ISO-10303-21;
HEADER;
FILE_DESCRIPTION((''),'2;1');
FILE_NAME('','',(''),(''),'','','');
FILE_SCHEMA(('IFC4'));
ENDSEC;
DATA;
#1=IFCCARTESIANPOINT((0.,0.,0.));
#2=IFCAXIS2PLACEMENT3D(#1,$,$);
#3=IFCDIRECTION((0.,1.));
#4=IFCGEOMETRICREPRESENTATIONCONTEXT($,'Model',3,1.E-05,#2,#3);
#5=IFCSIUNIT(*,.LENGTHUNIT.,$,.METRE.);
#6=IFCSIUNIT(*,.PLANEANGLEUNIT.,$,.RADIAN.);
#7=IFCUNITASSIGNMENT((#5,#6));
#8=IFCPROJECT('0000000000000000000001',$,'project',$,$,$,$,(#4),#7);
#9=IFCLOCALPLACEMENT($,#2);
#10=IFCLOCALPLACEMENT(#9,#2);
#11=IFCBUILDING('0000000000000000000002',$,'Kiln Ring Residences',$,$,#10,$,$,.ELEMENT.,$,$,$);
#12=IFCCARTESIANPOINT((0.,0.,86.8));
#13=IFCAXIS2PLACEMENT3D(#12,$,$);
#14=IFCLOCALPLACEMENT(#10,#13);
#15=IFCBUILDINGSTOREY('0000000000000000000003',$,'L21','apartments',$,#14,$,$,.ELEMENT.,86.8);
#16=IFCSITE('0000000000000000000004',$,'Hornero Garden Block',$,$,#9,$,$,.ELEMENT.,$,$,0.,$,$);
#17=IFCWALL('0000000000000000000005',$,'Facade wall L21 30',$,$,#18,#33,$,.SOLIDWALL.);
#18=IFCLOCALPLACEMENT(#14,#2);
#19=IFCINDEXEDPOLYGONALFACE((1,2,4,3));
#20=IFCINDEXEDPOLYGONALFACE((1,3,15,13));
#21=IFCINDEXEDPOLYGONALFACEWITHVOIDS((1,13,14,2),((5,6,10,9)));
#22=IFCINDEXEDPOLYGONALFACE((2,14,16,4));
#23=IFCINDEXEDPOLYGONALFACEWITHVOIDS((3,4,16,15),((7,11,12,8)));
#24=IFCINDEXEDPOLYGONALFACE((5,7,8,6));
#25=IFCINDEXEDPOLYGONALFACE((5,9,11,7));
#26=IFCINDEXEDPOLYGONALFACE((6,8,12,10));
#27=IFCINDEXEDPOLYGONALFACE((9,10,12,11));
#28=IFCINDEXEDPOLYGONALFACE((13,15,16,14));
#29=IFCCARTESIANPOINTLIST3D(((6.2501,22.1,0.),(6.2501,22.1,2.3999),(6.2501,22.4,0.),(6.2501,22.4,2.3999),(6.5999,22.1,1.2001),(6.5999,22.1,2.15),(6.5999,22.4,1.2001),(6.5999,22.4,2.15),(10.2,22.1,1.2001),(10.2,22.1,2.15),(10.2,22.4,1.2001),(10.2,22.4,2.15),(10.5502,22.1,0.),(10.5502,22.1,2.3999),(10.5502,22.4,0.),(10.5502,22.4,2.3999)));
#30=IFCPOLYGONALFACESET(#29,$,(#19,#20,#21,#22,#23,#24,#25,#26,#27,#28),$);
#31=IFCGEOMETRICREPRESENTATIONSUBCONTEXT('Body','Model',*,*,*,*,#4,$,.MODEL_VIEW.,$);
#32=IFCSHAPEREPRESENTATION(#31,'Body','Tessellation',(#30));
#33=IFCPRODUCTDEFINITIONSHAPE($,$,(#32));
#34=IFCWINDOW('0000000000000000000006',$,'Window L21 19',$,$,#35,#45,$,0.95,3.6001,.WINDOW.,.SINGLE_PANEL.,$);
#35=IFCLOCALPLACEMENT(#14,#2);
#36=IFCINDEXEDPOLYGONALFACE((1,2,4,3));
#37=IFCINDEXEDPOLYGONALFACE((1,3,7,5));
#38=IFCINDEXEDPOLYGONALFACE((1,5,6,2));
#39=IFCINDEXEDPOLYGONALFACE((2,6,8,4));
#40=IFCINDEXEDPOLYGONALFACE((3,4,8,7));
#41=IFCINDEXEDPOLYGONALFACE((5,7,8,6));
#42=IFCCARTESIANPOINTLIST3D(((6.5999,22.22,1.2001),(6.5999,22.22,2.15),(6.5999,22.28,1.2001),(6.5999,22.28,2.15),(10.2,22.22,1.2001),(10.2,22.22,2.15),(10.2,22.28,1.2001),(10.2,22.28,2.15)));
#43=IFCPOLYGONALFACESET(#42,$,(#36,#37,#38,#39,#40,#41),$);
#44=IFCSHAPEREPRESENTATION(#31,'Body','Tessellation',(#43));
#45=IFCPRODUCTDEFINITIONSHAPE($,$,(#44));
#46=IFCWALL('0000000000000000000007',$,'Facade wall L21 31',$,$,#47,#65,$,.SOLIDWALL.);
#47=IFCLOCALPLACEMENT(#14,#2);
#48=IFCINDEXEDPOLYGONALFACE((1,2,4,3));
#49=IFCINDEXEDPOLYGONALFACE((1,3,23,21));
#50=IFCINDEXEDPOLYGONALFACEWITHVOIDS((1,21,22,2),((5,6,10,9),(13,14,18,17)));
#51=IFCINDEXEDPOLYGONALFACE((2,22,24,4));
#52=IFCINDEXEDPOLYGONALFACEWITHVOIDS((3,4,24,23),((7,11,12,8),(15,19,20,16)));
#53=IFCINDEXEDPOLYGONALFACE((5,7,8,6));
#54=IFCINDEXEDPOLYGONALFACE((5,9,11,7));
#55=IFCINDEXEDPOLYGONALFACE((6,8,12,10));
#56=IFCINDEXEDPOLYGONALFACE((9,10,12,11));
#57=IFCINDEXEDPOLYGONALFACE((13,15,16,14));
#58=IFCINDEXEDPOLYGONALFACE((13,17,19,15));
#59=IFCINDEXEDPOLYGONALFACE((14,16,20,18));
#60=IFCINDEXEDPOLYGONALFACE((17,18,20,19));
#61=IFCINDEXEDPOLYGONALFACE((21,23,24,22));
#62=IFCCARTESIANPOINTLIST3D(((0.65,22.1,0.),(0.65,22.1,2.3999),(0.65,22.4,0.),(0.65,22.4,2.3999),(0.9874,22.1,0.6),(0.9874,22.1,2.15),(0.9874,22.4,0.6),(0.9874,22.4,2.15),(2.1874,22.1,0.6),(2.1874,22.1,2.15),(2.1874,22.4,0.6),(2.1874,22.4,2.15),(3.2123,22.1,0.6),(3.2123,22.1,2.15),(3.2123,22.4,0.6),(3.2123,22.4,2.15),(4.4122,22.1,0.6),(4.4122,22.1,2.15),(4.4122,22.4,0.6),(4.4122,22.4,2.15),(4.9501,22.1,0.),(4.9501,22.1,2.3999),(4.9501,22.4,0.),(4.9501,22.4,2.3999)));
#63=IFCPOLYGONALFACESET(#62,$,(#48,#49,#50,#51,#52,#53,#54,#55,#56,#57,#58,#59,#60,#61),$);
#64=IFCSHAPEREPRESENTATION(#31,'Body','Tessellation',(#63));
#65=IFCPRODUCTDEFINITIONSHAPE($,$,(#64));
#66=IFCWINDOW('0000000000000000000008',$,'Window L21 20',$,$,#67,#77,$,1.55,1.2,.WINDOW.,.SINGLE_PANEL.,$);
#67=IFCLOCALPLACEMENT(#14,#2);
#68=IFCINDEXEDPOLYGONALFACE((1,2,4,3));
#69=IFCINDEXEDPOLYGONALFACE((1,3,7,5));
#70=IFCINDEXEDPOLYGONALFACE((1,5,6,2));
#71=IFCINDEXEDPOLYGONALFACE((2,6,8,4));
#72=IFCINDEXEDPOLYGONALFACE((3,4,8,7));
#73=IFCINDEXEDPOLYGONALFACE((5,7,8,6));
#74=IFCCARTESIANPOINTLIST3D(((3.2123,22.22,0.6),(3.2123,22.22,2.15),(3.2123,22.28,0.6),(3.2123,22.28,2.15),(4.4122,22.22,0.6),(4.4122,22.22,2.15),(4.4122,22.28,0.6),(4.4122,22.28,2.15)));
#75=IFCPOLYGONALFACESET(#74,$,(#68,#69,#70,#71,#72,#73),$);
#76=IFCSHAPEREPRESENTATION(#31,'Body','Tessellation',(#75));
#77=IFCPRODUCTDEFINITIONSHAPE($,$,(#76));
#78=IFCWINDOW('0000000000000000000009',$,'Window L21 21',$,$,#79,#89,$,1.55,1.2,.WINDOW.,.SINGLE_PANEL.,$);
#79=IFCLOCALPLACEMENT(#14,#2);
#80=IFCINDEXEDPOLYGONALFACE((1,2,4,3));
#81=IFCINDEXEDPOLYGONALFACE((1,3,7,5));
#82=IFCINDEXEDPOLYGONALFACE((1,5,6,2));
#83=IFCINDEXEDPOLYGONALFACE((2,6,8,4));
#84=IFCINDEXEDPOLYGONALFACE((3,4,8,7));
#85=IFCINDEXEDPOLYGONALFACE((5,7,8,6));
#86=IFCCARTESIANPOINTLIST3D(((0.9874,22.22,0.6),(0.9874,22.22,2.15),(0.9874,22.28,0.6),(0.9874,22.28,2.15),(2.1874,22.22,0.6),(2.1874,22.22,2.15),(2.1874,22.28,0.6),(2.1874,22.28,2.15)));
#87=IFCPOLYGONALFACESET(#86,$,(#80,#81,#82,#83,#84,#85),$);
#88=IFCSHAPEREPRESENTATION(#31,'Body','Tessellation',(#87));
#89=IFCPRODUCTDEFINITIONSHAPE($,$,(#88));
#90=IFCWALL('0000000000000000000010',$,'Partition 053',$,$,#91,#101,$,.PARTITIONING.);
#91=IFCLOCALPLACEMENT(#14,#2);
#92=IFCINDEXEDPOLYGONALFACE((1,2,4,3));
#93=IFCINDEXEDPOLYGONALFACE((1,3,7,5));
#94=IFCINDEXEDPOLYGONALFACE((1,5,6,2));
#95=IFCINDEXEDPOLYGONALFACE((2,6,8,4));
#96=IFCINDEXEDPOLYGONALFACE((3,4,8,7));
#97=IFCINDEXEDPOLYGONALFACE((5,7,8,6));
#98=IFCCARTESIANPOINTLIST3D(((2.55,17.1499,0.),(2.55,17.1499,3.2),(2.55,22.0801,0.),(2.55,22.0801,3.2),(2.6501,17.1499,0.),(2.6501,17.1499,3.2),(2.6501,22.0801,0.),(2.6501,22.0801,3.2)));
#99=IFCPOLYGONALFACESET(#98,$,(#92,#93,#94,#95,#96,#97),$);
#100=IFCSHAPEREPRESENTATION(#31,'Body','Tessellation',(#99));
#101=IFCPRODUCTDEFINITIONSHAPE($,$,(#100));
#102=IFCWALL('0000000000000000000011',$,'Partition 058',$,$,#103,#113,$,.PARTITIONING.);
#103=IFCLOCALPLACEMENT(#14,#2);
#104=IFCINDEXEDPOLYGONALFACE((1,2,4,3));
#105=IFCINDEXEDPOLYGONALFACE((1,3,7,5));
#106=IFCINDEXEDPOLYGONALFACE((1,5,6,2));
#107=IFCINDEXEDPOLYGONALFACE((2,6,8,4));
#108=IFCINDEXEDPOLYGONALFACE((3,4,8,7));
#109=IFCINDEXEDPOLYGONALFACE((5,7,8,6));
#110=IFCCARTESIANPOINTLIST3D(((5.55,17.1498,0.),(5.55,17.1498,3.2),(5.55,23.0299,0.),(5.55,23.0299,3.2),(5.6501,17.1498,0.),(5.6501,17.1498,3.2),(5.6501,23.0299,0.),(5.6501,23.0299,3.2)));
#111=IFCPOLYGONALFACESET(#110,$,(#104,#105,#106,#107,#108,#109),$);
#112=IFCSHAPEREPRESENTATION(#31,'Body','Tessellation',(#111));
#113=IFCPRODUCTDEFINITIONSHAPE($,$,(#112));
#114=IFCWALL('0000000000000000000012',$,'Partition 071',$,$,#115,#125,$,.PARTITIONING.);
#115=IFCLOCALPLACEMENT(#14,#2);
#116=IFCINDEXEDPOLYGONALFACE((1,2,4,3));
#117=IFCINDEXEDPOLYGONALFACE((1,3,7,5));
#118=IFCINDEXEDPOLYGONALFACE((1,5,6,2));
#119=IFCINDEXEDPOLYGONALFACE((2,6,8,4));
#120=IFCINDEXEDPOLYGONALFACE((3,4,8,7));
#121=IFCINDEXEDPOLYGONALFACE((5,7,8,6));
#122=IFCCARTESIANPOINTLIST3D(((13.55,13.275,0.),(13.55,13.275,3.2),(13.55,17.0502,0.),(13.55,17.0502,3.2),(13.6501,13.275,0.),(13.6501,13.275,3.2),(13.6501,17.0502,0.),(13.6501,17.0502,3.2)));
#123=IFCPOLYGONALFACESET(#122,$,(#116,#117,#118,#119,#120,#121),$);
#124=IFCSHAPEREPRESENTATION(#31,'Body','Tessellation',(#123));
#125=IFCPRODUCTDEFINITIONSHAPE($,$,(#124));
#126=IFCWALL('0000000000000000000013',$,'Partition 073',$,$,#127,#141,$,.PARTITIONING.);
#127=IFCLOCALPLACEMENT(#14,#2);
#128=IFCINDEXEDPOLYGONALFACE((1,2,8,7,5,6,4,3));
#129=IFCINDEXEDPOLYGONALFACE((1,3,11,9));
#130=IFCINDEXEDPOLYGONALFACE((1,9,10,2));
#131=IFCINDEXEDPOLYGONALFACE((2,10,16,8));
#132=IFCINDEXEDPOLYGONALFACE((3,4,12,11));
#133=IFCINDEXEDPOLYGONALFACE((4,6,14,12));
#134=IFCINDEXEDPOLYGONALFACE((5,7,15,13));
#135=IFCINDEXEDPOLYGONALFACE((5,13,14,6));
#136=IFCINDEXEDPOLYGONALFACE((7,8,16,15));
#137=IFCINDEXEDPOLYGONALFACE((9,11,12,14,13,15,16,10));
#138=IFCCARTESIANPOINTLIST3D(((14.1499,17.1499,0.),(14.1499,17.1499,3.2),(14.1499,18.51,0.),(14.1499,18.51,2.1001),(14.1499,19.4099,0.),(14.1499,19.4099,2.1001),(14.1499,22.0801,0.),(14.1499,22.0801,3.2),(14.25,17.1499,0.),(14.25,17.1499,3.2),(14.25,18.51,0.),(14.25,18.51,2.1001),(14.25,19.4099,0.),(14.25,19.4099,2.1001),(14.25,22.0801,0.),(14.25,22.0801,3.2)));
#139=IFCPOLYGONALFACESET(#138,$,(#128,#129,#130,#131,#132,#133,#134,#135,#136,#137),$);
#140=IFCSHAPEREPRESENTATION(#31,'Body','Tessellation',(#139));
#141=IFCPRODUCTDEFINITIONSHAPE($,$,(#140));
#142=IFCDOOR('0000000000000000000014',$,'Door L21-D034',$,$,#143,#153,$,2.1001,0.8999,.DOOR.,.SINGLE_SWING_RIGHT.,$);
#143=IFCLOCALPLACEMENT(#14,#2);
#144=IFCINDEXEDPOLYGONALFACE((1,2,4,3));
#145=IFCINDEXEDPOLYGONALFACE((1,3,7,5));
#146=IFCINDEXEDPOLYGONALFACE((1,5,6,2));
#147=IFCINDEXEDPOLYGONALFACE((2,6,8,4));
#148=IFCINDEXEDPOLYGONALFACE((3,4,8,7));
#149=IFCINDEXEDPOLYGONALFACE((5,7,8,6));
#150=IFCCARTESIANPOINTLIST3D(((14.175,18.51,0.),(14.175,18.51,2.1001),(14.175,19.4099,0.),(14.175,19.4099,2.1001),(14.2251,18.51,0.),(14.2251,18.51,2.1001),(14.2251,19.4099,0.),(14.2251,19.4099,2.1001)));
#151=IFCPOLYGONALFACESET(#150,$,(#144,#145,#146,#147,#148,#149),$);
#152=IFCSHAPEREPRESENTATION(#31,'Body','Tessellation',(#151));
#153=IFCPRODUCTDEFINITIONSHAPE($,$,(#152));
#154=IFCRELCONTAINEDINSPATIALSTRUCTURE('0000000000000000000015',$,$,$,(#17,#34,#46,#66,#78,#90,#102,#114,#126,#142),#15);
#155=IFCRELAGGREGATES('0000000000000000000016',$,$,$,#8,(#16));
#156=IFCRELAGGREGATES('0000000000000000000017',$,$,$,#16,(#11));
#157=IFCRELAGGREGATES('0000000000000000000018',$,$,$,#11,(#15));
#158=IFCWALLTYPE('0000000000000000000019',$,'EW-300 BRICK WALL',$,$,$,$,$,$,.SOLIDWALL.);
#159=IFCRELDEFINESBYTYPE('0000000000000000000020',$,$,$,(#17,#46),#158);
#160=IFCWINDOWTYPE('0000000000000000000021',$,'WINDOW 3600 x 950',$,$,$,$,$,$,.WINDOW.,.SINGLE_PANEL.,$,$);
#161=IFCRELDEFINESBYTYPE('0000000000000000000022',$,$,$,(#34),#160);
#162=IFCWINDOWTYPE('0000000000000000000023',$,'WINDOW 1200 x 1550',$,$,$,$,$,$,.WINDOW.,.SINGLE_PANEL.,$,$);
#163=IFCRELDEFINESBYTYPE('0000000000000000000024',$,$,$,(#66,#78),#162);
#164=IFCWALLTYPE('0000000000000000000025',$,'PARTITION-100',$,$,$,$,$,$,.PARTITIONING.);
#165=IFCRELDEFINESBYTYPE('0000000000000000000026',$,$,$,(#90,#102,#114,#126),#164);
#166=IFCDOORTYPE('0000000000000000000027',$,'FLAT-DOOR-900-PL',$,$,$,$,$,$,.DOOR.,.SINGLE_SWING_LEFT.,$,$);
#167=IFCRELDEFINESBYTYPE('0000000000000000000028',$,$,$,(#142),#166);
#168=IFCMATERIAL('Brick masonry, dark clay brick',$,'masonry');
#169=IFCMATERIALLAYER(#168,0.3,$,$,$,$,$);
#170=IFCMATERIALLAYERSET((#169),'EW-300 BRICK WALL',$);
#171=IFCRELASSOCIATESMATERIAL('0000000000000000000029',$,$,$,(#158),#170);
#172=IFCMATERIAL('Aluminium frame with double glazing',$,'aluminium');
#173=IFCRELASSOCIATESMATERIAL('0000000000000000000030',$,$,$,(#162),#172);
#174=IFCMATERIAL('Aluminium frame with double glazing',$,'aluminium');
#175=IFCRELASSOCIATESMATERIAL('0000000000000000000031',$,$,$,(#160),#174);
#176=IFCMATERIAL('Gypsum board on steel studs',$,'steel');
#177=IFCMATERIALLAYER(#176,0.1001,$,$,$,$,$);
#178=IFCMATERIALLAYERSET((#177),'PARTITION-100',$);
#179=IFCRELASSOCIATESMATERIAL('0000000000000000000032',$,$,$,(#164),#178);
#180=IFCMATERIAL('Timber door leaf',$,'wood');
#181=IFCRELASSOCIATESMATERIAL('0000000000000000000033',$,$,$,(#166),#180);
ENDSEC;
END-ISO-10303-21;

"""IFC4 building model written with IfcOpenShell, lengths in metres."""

from ifc_helpers import new_model, si_unit, direction, frame, frame_2d, origin, place, context, subcontext, project, spatial, rectangle, extrude, material, layer, layer_set, type_object, element, fill, save


model = new_model("IFC4")

# Units and contexts
model_context = context("Model", 3, precision=1e-05, world=origin(), true_north=direction((0.0, 1.0)))
body_context = subcontext(model_context, "Body", "Model", "MODEL_VIEW")
ifc_project = project(units=[si_unit("LENGTHUNIT", "METRE"), si_unit("PLANEANGLEUNIT", "RADIAN")], contexts=[model_context])

# Site, building, storey
site_placement = place(None, origin())
site = spatial("IfcSite", under=ifc_project, at=site_placement, Name="Hornero Garden Block", CompositionType="ELEMENT", RefElevation=0.0)
building_placement = place(site_placement, origin())
building = spatial("IfcBuilding", under=site, at=building_placement, Name="Kiln Ring Residences", CompositionType="ELEMENT")
storey_placement = place(building_placement, frame((0.0, 0.0, 86.8)))
storey = spatial("IfcBuildingStorey", under=building, at=storey_placement, Name="L21", Description="apartments", CompositionType="ELEMENT", Elevation=86.8)

# Shared definitions
ifc_material_1 = material(Name="Brick masonry, dark clay brick", Category="masonry")
ifc_layer_1 = layer(ifc_material_1, 0.3)
ifc_layer_set_1 = layer_set([ifc_layer_1], Name="EW-300 BRICK WALL")
wall_type_1 = type_object("IfcWallType", Name="EW-300 BRICK WALL", PredefinedType="SOLIDWALL", material=ifc_layer_set_1)
ifc_material_2 = material(Name="Aluminium frame with double glazing", Category="aluminium")
window_type_1 = type_object("IfcWindowType", Name="WINDOW 1200 x 1550", PartitioningType="SINGLE_PANEL", PredefinedType="WINDOW", material=ifc_material_2)

# Wall, opening, window
wall_1_placement = place(storey_placement, frame((10.55, 22.25, 0.0), z_axis=(0.0, 0.0, 1.0), x_axis=(-1.0, 0.0, 0.0)))
wall_1 = element("IfcWall", 1, at=wall_1_placement, inside=storey, type_object=wall_type_1, Name="Facade wall L21 30", PredefinedType="SOLIDWALL", context=body_context, shape_type="SweptSolid", body=[
    extrude(rectangle(XDim=4.3, YDim=0.3, at=frame_2d((2.1499, 0.0))), origin(), (0.0, 0.0, 1.0), 2.3999),
])
opening_1_placement = place(wall_1_placement, frame((0.3501, 0.0, 1.2)))
opening_1 = element("IfcOpeningElement", 2, at=opening_1_placement, cuts=wall_1, PredefinedType="OPENING", context=body_context, shape_type="SweptSolid", body=[
    extrude(rectangle(XDim=3.6001, YDim=0.95, at=frame_2d((1.8, 0.4751))), frame((0.0, 0.1599, 0.0), z_axis=(0.0, -1.0, 0.0), x_axis=(1.0, 0.0, 0.0)), (0.0, 0.0, 1.0), 0.3201),
])
ifc_material_3 = material(Name="Aluminium frame with double glazing", Category="aluminium")
window_type_2 = type_object("IfcWindowType", Name="WINDOW 3600 x 950", PartitioningType="SINGLE_PANEL", PredefinedType="WINDOW", material=ifc_material_3)
window_1_placement = place(opening_1_placement, origin())
window_1 = element("IfcWindow", 3, at=window_1_placement, inside=storey, type_object=window_type_2, Name="Window L21 19", OverallHeight=0.95, OverallWidth=3.6001, PartitioningType="SINGLE_PANEL", PredefinedType="WINDOW", context=body_context, shape_type="SweptSolid", body=[
    extrude(rectangle(XDim=3.6001, YDim=0.95, at=frame_2d((1.8, 0.4751))), frame((0.0, 0.03, 0.0), z_axis=(0.0, -1.0, 0.0), x_axis=(1.0, 0.0, 0.0)), (0.0, 0.0, 1.0), 0.0601),
])
fill(opening_1, window_1)

# Wall, openings, windows
wall_2_placement = place(storey_placement, frame((4.95, 22.25, 0.0), z_axis=(0.0, 0.0, 1.0), x_axis=(-1.0, 0.0, 0.0)))
wall_2 = element("IfcWall", 4, at=wall_2_placement, inside=storey, type_object=wall_type_1, Name="Facade wall L21 31", PredefinedType="SOLIDWALL", context=body_context, shape_type="SweptSolid", body=[
    extrude(rectangle(XDim=4.3, YDim=0.3, at=frame_2d((2.1499, 0.0))), origin(), (0.0, 0.0, 1.0), 2.3999),
])
opening_2_placement = place(wall_2_placement, frame((0.5376, 0.0, 0.6001)))
opening_2 = element("IfcOpeningElement", 5, at=opening_2_placement, cuts=wall_2, PredefinedType="OPENING", context=body_context, shape_type="SweptSolid", body=[
    extrude(rectangle(XDim=1.2, YDim=1.55, at=frame_2d((0.6001, 0.7749))), frame((0.0, 0.1599, 0.0), z_axis=(0.0, -1.0, 0.0), x_axis=(1.0, 0.0, 0.0)), (0.0, 0.0, 1.0), 0.3201),
])
opening_3_placement = place(wall_2_placement, frame((2.7625, 0.0, 0.6001)))
opening_3 = element("IfcOpeningElement", 6, at=opening_3_placement, cuts=wall_2, PredefinedType="OPENING", context=body_context, shape_type="SweptSolid", body=[
    extrude(rectangle(XDim=1.2, YDim=1.55, at=frame_2d((0.6001, 0.7749))), frame((0.0, 0.1599, 0.0), z_axis=(0.0, -1.0, 0.0), x_axis=(1.0, 0.0, 0.0)), (0.0, 0.0, 1.0), 0.3201),
])
window_2_placement = place(opening_2_placement, origin())
window_2 = element("IfcWindow", 7, at=window_2_placement, inside=storey, type_object=window_type_1, Name="Window L21 20", OverallHeight=1.55, OverallWidth=1.2, PartitioningType="SINGLE_PANEL", PredefinedType="WINDOW", context=body_context, shape_type="SweptSolid", body=[
    extrude(rectangle(XDim=1.2, YDim=1.55, at=frame_2d((0.6001, 0.7749))), frame((0.0, 0.03, 0.0), z_axis=(0.0, -1.0, 0.0), x_axis=(1.0, 0.0, 0.0)), (0.0, 0.0, 1.0), 0.0601),
])
fill(opening_2, window_2)
window_3_placement = place(opening_3_placement, origin())
window_3 = element("IfcWindow", 8, at=window_3_placement, inside=storey, type_object=window_type_1, Name="Window L21 21", OverallHeight=1.55, OverallWidth=1.2, PartitioningType="SINGLE_PANEL", PredefinedType="WINDOW", context=body_context, shape_type="SweptSolid", body=[
    extrude(rectangle(XDim=1.2, YDim=1.55, at=frame_2d((0.6001, 0.7749))), frame((0.0, 0.03, 0.0), z_axis=(0.0, -1.0, 0.0), x_axis=(1.0, 0.0, 0.0)), (0.0, 0.0, 1.0), 0.0601),
])
fill(opening_3, window_3)

# Walls
ifc_material_4 = material(Name="Gypsum board on steel studs", Category="steel")
ifc_layer_2 = layer(ifc_material_4, 0.1001)
ifc_layer_set_2 = layer_set([ifc_layer_2], Name="PARTITION-100")
wall_type_2 = type_object("IfcWallType", Name="PARTITION-100", PredefinedType="PARTITIONING", material=ifc_layer_set_2)
wall_3_placement = place(storey_placement, frame((2.6001, 17.1499, 0.0), z_axis=(0.0, 0.0, 1.0), x_axis=(0.0, 1.0, 0.0)))
element("IfcWall", 9, at=wall_3_placement, inside=storey, type_object=wall_type_2, Name="Partition 053", PredefinedType="PARTITIONING", context=body_context, shape_type="SweptSolid", body=[
    extrude(rectangle(XDim=4.9302, YDim=0.1001, at=frame_2d((2.4651, 0.0))), origin(), (0.0, 0.0, 1.0), 3.2),
])
wall_4_placement = place(storey_placement, frame((5.6001, 17.1499, 0.0), z_axis=(0.0, 0.0, 1.0), x_axis=(0.0, 1.0, 0.0)))
element("IfcWall", 10, at=wall_4_placement, inside=storey, type_object=wall_type_2, Name="Partition 058", PredefinedType="PARTITIONING", context=body_context, shape_type="SweptSolid", body=[
    extrude(rectangle(XDim=5.8801, YDim=0.1001, at=frame_2d((2.9399, 0.0))), origin(), (0.0, 0.0, 1.0), 3.2),
])
wall_5_placement = place(storey_placement, frame((13.6001, 13.2749, 0.0), z_axis=(0.0, 0.0, 1.0), x_axis=(0.0, 1.0, 0.0)))
element("IfcWall", 11, at=wall_5_placement, inside=storey, type_object=wall_type_2, Name="Partition 071", PredefinedType="PARTITIONING", context=body_context, shape_type="SweptSolid", body=[
    extrude(rectangle(XDim=3.7751, YDim=0.1001, at=frame_2d((1.8877, 0.0))), origin(), (0.0, 0.0, 1.0), 3.2),
])

# Wall, opening, door
wall_6_placement = place(storey_placement, frame((14.2, 17.1499, 0.0), z_axis=(0.0, 0.0, 1.0), x_axis=(0.0, 1.0, 0.0)))
wall_6 = element("IfcWall", 12, at=wall_6_placement, inside=storey, type_object=wall_type_2, Name="Partition 073", PredefinedType="PARTITIONING", context=body_context, shape_type="SweptSolid", body=[
    extrude(rectangle(XDim=4.9302, YDim=0.1001, at=frame_2d((2.4651, 0.0))), origin(), (0.0, 0.0, 1.0), 3.2),
])
opening_4_placement = place(wall_6_placement, frame((1.3601, 0.0, 0.0)))
opening_4 = element("IfcOpeningElement", 13, at=opening_4_placement, cuts=wall_6, PredefinedType="OPENING", context=body_context, shape_type="SweptSolid", body=[
    extrude(rectangle(XDim=0.8999, YDim=2.1001, at=frame_2d((0.45, 1.05))), frame((0.0, 0.0601, 0.0), z_axis=(0.0, -1.0, 0.0), x_axis=(1.0, 0.0, 0.0)), (0.0, 0.0, 1.0), 0.1201),
])
ifc_material_5 = material(Name="Timber door leaf", Category="wood")
door_type_1 = type_object("IfcDoorType", Name="FLAT-DOOR-900-PL", OperationType="SINGLE_SWING_LEFT", PredefinedType="DOOR", material=ifc_material_5)
door_1_placement = place(opening_4_placement, origin())
door_1 = element("IfcDoor", 14, at=door_1_placement, inside=storey, type_object=door_type_1, Name="Door L21-D034", OperationType="SINGLE_SWING_RIGHT", OverallHeight=2.1001, OverallWidth=0.8999, PredefinedType="DOOR", context=body_context, shape_type="SweptSolid", body=[
    extrude(rectangle(XDim=0.8999, YDim=2.1001, at=frame_2d((0.45, 1.05))), frame((0.0, 0.0249, 0.0), z_axis=(0.0, -1.0, 0.0), x_axis=(1.0, 0.0, 0.0)), (0.0, 0.0, 1.0), 0.05),
])
fill(opening_4, door_1)

save(model, "model.ifc")
